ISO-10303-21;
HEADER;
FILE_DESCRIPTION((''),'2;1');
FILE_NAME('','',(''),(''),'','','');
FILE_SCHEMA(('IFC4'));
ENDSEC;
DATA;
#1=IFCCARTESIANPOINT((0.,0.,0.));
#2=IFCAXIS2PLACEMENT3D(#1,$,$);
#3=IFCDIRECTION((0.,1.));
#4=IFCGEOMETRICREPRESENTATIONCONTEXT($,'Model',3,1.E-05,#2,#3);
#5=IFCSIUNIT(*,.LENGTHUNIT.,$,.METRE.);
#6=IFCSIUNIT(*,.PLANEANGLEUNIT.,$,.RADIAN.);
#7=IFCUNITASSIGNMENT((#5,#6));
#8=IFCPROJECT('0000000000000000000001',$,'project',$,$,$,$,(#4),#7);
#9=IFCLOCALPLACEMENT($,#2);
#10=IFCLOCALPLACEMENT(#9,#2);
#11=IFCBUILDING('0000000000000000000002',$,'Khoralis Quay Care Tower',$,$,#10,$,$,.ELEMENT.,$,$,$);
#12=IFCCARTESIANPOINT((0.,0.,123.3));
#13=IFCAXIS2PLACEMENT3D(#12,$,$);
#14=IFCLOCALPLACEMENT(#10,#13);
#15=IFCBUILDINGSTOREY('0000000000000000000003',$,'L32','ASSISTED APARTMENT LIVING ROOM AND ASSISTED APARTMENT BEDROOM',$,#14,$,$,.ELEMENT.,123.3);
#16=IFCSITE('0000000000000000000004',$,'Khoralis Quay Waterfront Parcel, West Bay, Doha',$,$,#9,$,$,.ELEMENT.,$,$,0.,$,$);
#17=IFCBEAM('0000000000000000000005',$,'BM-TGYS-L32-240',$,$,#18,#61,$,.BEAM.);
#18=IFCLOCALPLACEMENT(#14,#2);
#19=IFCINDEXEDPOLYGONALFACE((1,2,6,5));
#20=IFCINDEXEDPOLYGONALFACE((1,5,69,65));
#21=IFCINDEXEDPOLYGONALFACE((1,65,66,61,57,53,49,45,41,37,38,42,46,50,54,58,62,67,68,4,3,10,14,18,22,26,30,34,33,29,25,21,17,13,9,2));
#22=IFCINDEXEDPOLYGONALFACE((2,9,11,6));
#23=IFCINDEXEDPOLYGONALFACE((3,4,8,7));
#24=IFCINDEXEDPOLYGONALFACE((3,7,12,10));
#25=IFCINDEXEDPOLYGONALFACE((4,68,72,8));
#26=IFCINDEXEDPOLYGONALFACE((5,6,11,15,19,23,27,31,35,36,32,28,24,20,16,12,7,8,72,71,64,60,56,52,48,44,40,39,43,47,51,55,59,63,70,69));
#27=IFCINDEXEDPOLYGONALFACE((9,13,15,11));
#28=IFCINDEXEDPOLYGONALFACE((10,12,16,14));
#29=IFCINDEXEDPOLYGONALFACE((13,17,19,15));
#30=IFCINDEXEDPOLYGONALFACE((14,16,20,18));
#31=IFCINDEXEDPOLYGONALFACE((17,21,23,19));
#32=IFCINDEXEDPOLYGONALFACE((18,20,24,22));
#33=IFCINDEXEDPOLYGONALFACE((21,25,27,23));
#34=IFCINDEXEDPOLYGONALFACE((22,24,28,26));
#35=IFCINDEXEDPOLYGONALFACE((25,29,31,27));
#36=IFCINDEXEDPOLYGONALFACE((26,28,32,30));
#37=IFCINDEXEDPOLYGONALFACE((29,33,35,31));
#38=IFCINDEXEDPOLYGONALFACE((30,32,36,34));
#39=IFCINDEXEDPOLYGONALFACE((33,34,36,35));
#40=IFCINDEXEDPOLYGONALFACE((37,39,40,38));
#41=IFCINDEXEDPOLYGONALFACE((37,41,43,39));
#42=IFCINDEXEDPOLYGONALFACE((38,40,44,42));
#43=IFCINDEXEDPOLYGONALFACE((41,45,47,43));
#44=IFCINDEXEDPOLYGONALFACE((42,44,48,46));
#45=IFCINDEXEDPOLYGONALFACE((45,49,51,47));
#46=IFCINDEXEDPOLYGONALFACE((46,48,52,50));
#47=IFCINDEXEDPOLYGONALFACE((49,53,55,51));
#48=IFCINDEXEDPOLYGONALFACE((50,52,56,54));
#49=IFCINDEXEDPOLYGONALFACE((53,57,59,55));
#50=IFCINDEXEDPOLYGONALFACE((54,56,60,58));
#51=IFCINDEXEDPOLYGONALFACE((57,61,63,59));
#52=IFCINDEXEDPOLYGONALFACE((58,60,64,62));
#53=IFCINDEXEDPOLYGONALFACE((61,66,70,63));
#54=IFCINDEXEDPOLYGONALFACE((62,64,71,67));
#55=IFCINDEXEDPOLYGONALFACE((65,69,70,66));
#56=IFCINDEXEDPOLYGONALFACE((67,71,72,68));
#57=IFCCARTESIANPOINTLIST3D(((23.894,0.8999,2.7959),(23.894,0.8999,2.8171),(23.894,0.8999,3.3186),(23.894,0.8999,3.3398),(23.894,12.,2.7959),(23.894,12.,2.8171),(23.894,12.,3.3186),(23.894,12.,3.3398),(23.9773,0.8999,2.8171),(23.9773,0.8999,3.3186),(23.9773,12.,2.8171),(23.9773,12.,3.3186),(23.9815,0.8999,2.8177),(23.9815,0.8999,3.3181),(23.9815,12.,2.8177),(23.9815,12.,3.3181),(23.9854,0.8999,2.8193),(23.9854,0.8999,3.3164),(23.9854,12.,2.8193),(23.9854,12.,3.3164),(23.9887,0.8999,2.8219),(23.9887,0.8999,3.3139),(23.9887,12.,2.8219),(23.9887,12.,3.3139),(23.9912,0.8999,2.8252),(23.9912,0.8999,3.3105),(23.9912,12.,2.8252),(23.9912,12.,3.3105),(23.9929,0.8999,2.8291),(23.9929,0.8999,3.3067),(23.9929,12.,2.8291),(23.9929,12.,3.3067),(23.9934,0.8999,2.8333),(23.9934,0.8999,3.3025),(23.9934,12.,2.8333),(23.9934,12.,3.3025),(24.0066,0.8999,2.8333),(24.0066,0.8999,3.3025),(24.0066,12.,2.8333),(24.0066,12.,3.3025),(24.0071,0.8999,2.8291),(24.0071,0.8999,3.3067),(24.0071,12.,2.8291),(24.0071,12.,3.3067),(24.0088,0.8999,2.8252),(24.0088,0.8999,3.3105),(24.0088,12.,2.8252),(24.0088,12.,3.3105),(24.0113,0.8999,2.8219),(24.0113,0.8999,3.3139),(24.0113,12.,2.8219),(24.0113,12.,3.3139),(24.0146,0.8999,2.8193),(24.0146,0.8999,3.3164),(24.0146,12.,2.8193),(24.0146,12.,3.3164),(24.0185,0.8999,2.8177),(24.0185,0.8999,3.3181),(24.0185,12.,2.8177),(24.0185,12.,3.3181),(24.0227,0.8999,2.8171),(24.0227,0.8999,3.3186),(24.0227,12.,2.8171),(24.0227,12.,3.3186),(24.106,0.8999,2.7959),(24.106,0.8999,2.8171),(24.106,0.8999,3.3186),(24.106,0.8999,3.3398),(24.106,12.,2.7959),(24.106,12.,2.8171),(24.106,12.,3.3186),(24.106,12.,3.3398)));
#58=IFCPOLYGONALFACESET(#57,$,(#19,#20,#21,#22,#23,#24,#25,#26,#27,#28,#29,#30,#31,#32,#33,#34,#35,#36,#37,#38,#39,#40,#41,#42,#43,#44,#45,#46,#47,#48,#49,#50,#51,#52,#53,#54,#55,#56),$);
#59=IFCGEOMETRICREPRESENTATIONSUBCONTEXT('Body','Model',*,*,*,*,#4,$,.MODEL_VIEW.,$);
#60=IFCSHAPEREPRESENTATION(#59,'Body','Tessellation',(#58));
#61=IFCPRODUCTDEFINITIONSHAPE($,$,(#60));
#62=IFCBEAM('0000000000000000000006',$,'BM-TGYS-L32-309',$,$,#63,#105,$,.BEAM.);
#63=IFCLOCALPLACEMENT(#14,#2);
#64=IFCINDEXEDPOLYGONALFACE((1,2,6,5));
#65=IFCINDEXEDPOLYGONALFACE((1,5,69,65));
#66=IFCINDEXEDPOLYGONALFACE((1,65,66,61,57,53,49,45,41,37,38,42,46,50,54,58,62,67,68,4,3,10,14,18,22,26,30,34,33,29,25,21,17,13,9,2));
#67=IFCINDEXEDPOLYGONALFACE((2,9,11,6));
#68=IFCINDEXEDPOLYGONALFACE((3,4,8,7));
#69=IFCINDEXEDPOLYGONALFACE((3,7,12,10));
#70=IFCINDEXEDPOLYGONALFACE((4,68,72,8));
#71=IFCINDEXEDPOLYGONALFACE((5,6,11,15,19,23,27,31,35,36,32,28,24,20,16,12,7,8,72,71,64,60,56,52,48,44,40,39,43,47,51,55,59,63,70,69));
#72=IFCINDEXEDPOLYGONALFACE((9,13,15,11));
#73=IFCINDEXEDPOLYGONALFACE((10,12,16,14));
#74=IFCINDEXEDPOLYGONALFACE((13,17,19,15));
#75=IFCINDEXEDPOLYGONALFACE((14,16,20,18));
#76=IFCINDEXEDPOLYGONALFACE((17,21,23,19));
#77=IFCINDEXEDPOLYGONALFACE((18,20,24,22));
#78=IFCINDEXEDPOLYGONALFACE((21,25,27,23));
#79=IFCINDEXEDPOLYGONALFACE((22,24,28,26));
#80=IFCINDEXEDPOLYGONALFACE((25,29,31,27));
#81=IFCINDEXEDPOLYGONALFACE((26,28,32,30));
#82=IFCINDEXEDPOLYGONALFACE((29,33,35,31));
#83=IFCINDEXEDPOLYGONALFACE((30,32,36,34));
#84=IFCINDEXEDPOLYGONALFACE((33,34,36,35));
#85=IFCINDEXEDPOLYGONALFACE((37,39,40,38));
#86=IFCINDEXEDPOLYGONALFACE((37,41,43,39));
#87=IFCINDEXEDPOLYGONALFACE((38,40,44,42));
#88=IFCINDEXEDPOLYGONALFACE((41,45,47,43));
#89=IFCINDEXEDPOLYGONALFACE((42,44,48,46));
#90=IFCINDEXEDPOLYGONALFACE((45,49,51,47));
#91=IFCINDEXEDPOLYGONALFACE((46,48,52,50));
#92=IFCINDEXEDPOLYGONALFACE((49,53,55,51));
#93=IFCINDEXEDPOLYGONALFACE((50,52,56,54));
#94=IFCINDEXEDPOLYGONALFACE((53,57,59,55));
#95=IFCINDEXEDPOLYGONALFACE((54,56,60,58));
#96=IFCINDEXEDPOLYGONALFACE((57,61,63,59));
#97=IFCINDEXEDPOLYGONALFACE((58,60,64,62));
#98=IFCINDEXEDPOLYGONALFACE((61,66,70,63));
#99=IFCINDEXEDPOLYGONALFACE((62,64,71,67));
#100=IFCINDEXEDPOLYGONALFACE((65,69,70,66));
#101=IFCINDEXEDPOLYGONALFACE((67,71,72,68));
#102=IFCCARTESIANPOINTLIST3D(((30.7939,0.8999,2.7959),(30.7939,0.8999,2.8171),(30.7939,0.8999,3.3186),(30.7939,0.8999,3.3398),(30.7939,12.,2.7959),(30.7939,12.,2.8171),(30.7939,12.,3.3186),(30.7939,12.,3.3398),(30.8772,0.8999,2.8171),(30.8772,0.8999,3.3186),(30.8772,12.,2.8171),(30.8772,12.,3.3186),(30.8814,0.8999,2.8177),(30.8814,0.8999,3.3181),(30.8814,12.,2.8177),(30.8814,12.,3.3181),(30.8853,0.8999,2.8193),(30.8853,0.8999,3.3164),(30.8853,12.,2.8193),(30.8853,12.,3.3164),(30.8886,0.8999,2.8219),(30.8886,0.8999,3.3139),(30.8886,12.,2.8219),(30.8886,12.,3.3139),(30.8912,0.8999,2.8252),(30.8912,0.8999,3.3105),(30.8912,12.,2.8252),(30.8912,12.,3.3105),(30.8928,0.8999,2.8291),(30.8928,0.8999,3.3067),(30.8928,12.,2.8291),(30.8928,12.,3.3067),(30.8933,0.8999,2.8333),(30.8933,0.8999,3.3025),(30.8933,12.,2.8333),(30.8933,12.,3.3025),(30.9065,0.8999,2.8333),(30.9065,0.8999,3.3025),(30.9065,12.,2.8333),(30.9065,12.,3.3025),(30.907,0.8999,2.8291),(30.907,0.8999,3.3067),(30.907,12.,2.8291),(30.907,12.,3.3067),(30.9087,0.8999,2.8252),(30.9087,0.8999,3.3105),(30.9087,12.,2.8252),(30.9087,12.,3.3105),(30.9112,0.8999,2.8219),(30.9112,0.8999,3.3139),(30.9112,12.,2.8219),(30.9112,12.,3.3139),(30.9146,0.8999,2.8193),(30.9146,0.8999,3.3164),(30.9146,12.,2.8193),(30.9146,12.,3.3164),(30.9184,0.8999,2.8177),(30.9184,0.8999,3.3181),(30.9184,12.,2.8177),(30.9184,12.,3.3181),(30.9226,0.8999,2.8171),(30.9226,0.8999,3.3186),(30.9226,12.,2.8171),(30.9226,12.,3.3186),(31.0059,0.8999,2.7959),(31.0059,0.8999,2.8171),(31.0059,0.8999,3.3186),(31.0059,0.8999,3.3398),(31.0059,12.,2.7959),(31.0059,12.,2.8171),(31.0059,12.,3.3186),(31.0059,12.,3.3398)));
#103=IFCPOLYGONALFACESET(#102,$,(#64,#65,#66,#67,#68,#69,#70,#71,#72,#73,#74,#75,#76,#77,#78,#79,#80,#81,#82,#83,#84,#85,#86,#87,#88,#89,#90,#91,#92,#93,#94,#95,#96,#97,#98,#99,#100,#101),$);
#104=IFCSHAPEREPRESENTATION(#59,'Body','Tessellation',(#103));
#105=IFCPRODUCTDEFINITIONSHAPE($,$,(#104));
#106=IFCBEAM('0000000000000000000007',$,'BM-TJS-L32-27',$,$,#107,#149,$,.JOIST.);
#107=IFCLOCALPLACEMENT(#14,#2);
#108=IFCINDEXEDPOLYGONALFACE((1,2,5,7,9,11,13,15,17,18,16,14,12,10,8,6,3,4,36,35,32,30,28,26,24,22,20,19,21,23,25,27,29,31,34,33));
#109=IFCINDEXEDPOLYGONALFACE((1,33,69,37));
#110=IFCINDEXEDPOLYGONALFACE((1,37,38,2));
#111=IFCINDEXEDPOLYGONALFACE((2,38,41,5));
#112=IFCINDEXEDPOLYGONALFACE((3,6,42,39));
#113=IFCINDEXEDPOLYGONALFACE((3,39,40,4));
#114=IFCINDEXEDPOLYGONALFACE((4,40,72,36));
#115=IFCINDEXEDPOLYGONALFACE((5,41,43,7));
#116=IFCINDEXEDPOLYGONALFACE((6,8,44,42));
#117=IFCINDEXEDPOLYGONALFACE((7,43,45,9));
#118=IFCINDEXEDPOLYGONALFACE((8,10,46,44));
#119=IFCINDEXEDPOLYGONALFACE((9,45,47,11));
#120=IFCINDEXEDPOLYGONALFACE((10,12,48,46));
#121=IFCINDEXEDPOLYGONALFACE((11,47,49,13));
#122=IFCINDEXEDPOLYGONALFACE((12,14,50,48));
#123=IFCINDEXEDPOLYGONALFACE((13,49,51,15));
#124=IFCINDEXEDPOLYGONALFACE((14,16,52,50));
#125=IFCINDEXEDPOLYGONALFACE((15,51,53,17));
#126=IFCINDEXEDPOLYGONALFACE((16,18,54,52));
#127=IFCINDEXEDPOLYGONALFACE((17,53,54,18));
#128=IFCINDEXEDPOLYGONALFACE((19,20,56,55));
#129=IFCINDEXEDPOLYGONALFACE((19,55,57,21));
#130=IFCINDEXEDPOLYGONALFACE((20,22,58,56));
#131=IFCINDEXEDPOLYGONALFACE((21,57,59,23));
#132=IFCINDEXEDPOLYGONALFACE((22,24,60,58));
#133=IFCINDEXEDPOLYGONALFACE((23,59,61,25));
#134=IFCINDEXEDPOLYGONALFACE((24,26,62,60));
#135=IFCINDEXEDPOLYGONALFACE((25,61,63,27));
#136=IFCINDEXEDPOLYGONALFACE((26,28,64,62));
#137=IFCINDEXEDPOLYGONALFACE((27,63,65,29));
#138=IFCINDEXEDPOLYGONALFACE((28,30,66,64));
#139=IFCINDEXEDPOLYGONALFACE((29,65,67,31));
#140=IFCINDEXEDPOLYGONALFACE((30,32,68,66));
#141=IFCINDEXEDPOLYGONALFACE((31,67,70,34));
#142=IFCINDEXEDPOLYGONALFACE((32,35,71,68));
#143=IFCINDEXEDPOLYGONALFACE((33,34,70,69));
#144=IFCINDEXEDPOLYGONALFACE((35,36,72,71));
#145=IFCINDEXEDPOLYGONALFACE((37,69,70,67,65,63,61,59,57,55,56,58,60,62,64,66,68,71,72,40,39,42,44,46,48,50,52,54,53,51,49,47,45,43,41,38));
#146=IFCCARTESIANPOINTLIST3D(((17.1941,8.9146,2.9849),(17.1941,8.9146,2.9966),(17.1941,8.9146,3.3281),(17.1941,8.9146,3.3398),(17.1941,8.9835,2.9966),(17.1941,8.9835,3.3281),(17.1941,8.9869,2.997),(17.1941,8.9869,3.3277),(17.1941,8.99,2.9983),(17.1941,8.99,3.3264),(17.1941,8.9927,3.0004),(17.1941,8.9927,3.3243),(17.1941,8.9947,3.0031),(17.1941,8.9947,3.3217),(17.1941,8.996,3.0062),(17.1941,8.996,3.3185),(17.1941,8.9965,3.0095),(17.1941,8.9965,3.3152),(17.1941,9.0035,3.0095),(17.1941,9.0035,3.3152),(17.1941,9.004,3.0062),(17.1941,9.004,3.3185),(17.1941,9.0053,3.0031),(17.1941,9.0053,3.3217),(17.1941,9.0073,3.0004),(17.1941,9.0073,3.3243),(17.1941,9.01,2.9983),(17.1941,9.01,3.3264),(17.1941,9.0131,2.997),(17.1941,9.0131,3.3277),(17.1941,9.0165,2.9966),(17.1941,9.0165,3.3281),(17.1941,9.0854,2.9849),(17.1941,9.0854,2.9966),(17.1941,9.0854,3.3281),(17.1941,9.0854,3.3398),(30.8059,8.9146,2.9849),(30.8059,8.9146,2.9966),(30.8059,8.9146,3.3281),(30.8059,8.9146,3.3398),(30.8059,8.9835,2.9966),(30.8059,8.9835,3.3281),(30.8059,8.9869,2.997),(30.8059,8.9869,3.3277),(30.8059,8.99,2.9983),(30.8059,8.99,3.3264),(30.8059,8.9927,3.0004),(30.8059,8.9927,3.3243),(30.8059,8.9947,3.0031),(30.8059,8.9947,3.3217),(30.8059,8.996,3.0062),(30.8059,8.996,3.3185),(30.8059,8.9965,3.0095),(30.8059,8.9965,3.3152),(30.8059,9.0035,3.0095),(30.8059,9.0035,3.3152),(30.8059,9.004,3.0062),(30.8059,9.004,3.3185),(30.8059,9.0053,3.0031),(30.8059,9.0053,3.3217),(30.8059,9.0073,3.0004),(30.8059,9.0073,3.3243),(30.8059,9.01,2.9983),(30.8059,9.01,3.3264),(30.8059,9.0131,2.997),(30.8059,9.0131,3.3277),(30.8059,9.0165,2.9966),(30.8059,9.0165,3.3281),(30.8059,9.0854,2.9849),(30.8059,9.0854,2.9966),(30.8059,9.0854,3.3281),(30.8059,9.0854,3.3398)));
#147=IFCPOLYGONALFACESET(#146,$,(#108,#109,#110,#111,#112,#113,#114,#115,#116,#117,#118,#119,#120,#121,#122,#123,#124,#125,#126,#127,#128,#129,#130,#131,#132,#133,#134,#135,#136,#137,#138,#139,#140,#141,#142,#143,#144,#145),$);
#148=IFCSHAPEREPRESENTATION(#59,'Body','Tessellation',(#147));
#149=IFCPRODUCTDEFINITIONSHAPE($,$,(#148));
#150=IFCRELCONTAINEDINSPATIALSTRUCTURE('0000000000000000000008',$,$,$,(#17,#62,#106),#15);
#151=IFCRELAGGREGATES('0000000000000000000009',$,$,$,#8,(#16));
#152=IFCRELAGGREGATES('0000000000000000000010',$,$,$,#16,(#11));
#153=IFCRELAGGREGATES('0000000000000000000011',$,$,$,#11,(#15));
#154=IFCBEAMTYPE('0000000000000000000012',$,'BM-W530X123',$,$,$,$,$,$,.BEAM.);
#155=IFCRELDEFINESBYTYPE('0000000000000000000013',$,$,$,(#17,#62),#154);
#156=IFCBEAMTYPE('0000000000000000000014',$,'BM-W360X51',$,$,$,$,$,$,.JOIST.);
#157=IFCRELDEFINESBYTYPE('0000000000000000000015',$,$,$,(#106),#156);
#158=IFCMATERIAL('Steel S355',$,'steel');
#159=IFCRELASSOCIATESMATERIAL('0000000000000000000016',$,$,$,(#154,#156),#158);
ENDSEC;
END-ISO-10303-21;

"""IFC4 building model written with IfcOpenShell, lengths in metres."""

from ifc_helpers import new_model, si_unit, direction, frame, origin, origin_2d, place, context, subcontext, project, spatial, i_section, extrude, source, transform, mapped, material, material_profile, profile_set, type_object, element, save


model = new_model("IFC4")

# Units and contexts
model_context = context("Model", 3, precision=1e-05, world=origin(), true_north=direction((0.0, 1.0)))
body_context = subcontext(model_context, "Body", "Model", "MODEL_VIEW")
ifc_project = project(units=[si_unit("LENGTHUNIT", "METRE"), si_unit("PLANEANGLEUNIT", "RADIAN")], contexts=[model_context])

# Site, building, storey
site_placement = place(None, origin())
site = spatial("IfcSite", under=ifc_project, at=site_placement, Name="Khoralis Quay Waterfront Parcel, West Bay, Doha", CompositionType="ELEMENT", RefElevation=0.0)
building_placement = place(site_placement, origin())
building = spatial("IfcBuilding", under=site, at=building_placement, Name="Khoralis Quay Care Tower", CompositionType="ELEMENT")
storey_placement = place(building_placement, frame((0.0, 0.0, 123.3)))
storey = spatial("IfcBuildingStorey", under=building, at=storey_placement, Name="L32", Description="ASSISTED APARTMENT LIVING ROOM AND ASSISTED APARTMENT BEDROOM", CompositionType="ELEMENT", Elevation=123.3)

# Beams
ifc_material_1 = material(Name="Steel S355", Category="steel")
ifc_material_profile_1 = material_profile(ifc_material_1, i_section(OverallWidth=0.2119, OverallDepth=0.5439, WebThickness=0.0132, FlangeThickness=0.0212, FilletRadius=0.0161, at=origin_2d()), Name="Steel S355")
ifc_profile_set_1 = profile_set([ifc_material_profile_1], Name="Steel S355")
beam_type_1 = type_object("IfcBeamType", Name="BM-W530X123", PredefinedType="BEAM", material=ifc_profile_set_1)
shared_shape_1 = source(origin(), body_context, "Body", "SweptSolid", [
    extrude(i_section(OverallWidth=0.2119, OverallDepth=0.5439, WebThickness=0.0132, FlangeThickness=0.0212, FilletRadius=0.0161, at=origin_2d()), origin(), (0.0, 0.0, 1.0), 11.1001),
])
for number, where, z_axis, x_axis, name in (
    (1, (24.0, 0.8999, 3.0679), (0.0, 1.0, 0.0), (-1.0, 0.0, 0.0), "BM-TGYS-L32-240"),
    (2, (30.8999, 0.8999, 3.0679), (0.0, 1.0, 0.0), (-1.0, 0.0, 0.0), "BM-TGYS-L32-309"),
):
    element("IfcBeam", number, at=place(storey_placement, frame(where, z_axis=z_axis, x_axis=x_axis)), inside=storey, type_object=beam_type_1, Name=name, PredefinedType="BEAM", context=body_context, shape_type="MappedRepresentation", body=[
        mapped(shared_shape_1, transform((0.0, 0.0, 0.0), scale=1.0)),
    ])
ifc_material_profile_2 = material_profile(ifc_material_1, i_section(OverallWidth=0.1709, OverallDepth=0.355, WebThickness=0.0071, FlangeThickness=0.0117, FilletRadius=0.0129, at=origin_2d()), Name="Steel S355")
ifc_profile_set_2 = profile_set([ifc_material_profile_2], Name="Steel S355")
beam_type_2 = type_object("IfcBeamType", Name="BM-W360X51", PredefinedType="JOIST", material=ifc_profile_set_2)
shared_shape_2 = source(origin(), body_context, "Body", "SweptSolid", [
    extrude(i_section(OverallWidth=0.1709, OverallDepth=0.355, WebThickness=0.0071, FlangeThickness=0.0117, FilletRadius=0.0129, at=origin_2d()), origin(), (0.0, 0.0, 1.0), 13.6118),
])
beam_1_placement = place(storey_placement, frame((17.1941, 9.0, 3.1624), z_axis=(1.0, 0.0, 0.0), x_axis=(0.0, 1.0, 0.0)))
element("IfcBeam", 3, at=beam_1_placement, inside=storey, type_object=beam_type_2, Name="BM-TJS-L32-27", PredefinedType="JOIST", context=body_context, shape_type="MappedRepresentation", body=[
    mapped(shared_shape_2, transform((0.0, 0.0, 0.0), scale=1.0)),
])

save(model, "model.ifc")
